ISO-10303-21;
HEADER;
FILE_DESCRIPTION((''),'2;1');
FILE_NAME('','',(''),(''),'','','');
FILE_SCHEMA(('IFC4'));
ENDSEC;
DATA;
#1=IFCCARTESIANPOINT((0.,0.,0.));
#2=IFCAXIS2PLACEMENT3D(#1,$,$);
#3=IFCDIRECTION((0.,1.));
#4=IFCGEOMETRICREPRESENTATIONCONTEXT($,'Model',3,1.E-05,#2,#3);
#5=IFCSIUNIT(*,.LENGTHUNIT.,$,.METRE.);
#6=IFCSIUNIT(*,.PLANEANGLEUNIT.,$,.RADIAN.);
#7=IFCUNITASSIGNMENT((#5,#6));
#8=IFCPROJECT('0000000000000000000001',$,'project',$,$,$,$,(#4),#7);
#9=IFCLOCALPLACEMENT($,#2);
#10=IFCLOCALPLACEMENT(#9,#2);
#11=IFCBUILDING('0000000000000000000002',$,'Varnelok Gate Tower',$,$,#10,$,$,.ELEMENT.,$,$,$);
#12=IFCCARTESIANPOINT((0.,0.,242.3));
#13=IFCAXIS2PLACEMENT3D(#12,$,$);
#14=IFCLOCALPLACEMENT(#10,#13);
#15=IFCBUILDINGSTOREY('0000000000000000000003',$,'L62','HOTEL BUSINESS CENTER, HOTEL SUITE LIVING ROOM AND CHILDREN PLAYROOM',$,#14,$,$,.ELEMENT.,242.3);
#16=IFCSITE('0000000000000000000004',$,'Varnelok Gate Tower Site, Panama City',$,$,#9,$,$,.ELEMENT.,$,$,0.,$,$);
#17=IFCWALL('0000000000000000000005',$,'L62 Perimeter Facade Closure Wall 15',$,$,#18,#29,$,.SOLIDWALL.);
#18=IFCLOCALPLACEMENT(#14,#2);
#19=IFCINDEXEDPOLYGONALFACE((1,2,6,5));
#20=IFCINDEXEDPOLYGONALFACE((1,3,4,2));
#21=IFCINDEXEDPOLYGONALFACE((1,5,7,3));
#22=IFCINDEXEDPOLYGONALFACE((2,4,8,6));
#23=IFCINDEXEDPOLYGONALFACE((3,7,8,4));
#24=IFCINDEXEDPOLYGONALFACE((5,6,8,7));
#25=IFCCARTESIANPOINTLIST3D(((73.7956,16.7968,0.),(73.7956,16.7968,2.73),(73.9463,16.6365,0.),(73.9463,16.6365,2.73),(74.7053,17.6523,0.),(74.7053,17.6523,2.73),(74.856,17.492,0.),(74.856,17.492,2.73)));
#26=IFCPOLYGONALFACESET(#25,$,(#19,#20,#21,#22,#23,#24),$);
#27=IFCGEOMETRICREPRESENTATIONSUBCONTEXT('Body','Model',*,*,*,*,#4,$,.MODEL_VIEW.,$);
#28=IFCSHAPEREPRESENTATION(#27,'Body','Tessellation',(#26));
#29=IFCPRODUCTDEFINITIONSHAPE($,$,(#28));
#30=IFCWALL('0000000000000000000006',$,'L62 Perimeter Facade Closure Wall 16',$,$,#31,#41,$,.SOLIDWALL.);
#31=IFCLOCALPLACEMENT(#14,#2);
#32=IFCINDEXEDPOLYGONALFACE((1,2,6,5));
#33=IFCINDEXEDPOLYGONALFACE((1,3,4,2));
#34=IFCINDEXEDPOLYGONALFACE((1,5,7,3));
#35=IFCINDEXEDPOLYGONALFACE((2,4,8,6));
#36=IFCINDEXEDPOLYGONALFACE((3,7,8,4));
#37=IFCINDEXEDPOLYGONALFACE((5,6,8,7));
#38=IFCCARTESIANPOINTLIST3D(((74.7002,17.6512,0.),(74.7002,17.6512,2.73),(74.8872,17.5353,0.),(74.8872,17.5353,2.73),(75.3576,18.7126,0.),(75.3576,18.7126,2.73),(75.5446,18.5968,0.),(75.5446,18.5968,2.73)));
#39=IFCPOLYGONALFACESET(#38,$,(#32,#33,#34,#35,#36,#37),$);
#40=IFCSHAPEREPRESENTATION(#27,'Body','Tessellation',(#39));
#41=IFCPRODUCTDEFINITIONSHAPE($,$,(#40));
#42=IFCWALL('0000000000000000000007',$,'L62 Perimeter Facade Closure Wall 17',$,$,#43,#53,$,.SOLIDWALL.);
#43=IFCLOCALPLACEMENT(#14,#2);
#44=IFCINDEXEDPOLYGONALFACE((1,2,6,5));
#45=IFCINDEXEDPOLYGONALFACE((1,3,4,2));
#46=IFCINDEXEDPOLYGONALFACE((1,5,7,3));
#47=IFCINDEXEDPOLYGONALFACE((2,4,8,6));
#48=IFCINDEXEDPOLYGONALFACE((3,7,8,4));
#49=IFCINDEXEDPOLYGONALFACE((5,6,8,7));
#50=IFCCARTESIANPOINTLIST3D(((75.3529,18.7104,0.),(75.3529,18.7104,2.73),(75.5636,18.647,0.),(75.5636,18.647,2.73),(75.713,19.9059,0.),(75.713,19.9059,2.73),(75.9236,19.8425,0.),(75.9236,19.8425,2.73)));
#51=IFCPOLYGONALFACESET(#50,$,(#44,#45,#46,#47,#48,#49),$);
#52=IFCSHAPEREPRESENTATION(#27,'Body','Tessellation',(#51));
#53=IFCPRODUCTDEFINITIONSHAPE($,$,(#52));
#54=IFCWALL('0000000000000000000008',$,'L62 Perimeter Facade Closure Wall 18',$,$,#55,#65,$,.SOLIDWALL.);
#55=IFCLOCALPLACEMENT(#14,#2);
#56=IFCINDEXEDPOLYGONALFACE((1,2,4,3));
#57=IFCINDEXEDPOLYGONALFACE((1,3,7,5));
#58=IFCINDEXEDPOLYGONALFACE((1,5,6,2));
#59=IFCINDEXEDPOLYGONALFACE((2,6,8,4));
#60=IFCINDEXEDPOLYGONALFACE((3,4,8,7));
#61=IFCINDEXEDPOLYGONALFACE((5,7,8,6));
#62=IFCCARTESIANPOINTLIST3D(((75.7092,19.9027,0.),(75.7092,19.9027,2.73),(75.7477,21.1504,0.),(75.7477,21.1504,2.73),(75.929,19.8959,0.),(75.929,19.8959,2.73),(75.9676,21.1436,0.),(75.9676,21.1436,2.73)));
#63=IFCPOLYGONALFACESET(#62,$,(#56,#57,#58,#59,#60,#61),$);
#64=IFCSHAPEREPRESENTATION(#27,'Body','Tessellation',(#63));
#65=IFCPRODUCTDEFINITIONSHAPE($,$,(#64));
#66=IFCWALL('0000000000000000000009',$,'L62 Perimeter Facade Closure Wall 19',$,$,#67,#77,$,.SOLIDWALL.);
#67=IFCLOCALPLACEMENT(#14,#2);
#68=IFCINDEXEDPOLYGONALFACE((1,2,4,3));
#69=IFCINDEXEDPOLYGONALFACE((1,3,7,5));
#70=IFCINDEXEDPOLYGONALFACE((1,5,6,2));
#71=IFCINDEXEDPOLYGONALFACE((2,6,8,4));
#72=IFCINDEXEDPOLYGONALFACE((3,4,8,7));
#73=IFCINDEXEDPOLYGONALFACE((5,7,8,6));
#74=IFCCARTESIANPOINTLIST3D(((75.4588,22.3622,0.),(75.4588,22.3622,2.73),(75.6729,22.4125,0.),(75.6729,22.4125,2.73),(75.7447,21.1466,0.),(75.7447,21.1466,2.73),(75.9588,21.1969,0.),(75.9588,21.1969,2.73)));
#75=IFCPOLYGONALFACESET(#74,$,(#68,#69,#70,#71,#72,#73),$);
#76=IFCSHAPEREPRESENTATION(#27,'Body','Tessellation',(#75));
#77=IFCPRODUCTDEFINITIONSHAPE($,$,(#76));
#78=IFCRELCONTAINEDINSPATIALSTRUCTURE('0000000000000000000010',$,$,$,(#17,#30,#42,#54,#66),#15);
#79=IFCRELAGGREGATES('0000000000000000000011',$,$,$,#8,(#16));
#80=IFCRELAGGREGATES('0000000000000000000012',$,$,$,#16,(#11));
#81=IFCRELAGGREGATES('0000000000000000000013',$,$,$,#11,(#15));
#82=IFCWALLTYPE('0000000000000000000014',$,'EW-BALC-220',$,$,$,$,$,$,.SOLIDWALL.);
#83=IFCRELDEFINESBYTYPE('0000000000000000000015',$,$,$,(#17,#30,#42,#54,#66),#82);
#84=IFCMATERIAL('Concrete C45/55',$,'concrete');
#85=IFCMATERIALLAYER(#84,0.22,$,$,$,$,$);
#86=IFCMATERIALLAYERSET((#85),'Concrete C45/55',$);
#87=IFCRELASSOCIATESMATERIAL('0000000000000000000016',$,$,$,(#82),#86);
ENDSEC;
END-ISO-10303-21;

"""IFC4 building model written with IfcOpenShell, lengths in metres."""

from ifc_helpers import new_model, si_unit, direction, frame, frame_2d, origin, place, context, subcontext, project, spatial, rectangle, extrude, material, layer, layer_set, type_object, element, save


model = new_model("IFC4")

# Units and contexts
model_context = context("Model", 3, precision=1e-05, world=origin(), true_north=direction((0.0, 1.0)))
body_context = subcontext(model_context, "Body", "Model", "MODEL_VIEW")
ifc_project = project(units=[si_unit("LENGTHUNIT", "METRE"), si_unit("PLANEANGLEUNIT", "RADIAN")], contexts=[model_context])

# Site, building, storey
site_placement = place(None, origin())
site = spatial("IfcSite", under=ifc_project, at=site_placement, Name="Varnelok Gate Tower Site, Panama City", CompositionType="ELEMENT", RefElevation=0.0)
building_placement = place(site_placement, origin())
building = spatial("IfcBuilding", under=site, at=building_placement, Name="Varnelok Gate Tower", CompositionType="ELEMENT")
storey_placement = place(building_placement, frame((0.0, 0.0, 242.3)))
storey = spatial("IfcBuildingStorey", under=building, at=storey_placement, Name="L62", Description="HOTEL BUSINESS CENTER, HOTEL SUITE LIVING ROOM AND CHILDREN PLAYROOM", CompositionType="ELEMENT", Elevation=242.3)

# Walls
ifc_material_1 = material(Name="Concrete C45/55", Category="concrete")
ifc_layer_1 = layer(ifc_material_1, 0.22)
ifc_layer_set_1 = layer_set([ifc_layer_1], Name="Concrete C45/55")
wall_type = type_object("IfcWallType", Name="EW-BALC-220", PredefinedType="SOLIDWALL", material=ifc_layer_set_1)
wall_1_placement = place(storey_placement, frame((73.8708, 16.7166, 0.0), z_axis=(0.0, 0.0, 1.0), x_axis=(0.728475, 0.685072, 0.0)))
element("IfcWall", 1, at=wall_1_placement, inside=storey, type_object=wall_type, Name="L62 Perimeter Facade Closure Wall 15", PredefinedType="SOLIDWALL", context=body_context, shape_type="SweptSolid", body=[
    extrude(rectangle(XDim=1.2488, YDim=0.22, at=frame_2d((0.6245, 0.0))), origin(), (0.0, 0.0, 1.0), 2.73),
])
for number, where, z_axis, x_axis, name in (
    (2, (74.7937, 17.5933, 0.0), (0.0, 0.0, 1.0), (0.52655, 0.850144, 0.0), "L62 Perimeter Facade Closure Wall 16"),
    (3, (75.4583, 18.6787, 0.0), (0.0, 0.0, 1.0), (0.288406, 0.957508, 0.0), "L62 Perimeter Facade Closure Wall 17"),
):
    element("IfcWall", number, at=place(storey_placement, frame(where, z_axis=z_axis, x_axis=x_axis)), inside=storey, type_object=wall_type, Name=name, PredefinedType="SOLIDWALL", context=body_context, shape_type="SweptSolid", body=[
        extrude(rectangle(XDim=1.2485, YDim=0.22, at=frame_2d((0.6243, 0.0))), origin(), (0.0, 0.0, 1.0), 2.73),
    ])
wall_2_placement = place(storey_placement, frame((75.8191, 19.8994, 0.0), z_axis=(0.0, 0.0, 1.0), x_axis=(0.030899, 0.999523, 0.0)))
element("IfcWall", 4, at=wall_2_placement, inside=storey, type_object=wall_type, Name="L62 Perimeter Facade Closure Wall 18", PredefinedType="SOLIDWALL", context=body_context, shape_type="SweptSolid", body=[
    extrude(rectangle(XDim=1.2483, YDim=0.22, at=frame_2d((0.624, 0.0))), origin(), (0.0, 0.0, 1.0), 2.73),
])
wall_3_placement = place(storey_placement, frame((75.8518, 21.1716, 0.0), z_axis=(0.0, 0.0, 1.0), x_axis=(-0.228941, 0.97344, 0.0)))
element("IfcWall", 5, at=wall_3_placement, inside=storey, type_object=wall_type, Name="L62 Perimeter Facade Closure Wall 19", PredefinedType="SOLIDWALL", context=body_context, shape_type="SweptSolid", body=[
    extrude(rectangle(XDim=1.2488, YDim=0.22, at=frame_2d((0.6245, 0.0))), origin(), (0.0, 0.0, 1.0), 2.73),
])

save(model, "model.ifc")
